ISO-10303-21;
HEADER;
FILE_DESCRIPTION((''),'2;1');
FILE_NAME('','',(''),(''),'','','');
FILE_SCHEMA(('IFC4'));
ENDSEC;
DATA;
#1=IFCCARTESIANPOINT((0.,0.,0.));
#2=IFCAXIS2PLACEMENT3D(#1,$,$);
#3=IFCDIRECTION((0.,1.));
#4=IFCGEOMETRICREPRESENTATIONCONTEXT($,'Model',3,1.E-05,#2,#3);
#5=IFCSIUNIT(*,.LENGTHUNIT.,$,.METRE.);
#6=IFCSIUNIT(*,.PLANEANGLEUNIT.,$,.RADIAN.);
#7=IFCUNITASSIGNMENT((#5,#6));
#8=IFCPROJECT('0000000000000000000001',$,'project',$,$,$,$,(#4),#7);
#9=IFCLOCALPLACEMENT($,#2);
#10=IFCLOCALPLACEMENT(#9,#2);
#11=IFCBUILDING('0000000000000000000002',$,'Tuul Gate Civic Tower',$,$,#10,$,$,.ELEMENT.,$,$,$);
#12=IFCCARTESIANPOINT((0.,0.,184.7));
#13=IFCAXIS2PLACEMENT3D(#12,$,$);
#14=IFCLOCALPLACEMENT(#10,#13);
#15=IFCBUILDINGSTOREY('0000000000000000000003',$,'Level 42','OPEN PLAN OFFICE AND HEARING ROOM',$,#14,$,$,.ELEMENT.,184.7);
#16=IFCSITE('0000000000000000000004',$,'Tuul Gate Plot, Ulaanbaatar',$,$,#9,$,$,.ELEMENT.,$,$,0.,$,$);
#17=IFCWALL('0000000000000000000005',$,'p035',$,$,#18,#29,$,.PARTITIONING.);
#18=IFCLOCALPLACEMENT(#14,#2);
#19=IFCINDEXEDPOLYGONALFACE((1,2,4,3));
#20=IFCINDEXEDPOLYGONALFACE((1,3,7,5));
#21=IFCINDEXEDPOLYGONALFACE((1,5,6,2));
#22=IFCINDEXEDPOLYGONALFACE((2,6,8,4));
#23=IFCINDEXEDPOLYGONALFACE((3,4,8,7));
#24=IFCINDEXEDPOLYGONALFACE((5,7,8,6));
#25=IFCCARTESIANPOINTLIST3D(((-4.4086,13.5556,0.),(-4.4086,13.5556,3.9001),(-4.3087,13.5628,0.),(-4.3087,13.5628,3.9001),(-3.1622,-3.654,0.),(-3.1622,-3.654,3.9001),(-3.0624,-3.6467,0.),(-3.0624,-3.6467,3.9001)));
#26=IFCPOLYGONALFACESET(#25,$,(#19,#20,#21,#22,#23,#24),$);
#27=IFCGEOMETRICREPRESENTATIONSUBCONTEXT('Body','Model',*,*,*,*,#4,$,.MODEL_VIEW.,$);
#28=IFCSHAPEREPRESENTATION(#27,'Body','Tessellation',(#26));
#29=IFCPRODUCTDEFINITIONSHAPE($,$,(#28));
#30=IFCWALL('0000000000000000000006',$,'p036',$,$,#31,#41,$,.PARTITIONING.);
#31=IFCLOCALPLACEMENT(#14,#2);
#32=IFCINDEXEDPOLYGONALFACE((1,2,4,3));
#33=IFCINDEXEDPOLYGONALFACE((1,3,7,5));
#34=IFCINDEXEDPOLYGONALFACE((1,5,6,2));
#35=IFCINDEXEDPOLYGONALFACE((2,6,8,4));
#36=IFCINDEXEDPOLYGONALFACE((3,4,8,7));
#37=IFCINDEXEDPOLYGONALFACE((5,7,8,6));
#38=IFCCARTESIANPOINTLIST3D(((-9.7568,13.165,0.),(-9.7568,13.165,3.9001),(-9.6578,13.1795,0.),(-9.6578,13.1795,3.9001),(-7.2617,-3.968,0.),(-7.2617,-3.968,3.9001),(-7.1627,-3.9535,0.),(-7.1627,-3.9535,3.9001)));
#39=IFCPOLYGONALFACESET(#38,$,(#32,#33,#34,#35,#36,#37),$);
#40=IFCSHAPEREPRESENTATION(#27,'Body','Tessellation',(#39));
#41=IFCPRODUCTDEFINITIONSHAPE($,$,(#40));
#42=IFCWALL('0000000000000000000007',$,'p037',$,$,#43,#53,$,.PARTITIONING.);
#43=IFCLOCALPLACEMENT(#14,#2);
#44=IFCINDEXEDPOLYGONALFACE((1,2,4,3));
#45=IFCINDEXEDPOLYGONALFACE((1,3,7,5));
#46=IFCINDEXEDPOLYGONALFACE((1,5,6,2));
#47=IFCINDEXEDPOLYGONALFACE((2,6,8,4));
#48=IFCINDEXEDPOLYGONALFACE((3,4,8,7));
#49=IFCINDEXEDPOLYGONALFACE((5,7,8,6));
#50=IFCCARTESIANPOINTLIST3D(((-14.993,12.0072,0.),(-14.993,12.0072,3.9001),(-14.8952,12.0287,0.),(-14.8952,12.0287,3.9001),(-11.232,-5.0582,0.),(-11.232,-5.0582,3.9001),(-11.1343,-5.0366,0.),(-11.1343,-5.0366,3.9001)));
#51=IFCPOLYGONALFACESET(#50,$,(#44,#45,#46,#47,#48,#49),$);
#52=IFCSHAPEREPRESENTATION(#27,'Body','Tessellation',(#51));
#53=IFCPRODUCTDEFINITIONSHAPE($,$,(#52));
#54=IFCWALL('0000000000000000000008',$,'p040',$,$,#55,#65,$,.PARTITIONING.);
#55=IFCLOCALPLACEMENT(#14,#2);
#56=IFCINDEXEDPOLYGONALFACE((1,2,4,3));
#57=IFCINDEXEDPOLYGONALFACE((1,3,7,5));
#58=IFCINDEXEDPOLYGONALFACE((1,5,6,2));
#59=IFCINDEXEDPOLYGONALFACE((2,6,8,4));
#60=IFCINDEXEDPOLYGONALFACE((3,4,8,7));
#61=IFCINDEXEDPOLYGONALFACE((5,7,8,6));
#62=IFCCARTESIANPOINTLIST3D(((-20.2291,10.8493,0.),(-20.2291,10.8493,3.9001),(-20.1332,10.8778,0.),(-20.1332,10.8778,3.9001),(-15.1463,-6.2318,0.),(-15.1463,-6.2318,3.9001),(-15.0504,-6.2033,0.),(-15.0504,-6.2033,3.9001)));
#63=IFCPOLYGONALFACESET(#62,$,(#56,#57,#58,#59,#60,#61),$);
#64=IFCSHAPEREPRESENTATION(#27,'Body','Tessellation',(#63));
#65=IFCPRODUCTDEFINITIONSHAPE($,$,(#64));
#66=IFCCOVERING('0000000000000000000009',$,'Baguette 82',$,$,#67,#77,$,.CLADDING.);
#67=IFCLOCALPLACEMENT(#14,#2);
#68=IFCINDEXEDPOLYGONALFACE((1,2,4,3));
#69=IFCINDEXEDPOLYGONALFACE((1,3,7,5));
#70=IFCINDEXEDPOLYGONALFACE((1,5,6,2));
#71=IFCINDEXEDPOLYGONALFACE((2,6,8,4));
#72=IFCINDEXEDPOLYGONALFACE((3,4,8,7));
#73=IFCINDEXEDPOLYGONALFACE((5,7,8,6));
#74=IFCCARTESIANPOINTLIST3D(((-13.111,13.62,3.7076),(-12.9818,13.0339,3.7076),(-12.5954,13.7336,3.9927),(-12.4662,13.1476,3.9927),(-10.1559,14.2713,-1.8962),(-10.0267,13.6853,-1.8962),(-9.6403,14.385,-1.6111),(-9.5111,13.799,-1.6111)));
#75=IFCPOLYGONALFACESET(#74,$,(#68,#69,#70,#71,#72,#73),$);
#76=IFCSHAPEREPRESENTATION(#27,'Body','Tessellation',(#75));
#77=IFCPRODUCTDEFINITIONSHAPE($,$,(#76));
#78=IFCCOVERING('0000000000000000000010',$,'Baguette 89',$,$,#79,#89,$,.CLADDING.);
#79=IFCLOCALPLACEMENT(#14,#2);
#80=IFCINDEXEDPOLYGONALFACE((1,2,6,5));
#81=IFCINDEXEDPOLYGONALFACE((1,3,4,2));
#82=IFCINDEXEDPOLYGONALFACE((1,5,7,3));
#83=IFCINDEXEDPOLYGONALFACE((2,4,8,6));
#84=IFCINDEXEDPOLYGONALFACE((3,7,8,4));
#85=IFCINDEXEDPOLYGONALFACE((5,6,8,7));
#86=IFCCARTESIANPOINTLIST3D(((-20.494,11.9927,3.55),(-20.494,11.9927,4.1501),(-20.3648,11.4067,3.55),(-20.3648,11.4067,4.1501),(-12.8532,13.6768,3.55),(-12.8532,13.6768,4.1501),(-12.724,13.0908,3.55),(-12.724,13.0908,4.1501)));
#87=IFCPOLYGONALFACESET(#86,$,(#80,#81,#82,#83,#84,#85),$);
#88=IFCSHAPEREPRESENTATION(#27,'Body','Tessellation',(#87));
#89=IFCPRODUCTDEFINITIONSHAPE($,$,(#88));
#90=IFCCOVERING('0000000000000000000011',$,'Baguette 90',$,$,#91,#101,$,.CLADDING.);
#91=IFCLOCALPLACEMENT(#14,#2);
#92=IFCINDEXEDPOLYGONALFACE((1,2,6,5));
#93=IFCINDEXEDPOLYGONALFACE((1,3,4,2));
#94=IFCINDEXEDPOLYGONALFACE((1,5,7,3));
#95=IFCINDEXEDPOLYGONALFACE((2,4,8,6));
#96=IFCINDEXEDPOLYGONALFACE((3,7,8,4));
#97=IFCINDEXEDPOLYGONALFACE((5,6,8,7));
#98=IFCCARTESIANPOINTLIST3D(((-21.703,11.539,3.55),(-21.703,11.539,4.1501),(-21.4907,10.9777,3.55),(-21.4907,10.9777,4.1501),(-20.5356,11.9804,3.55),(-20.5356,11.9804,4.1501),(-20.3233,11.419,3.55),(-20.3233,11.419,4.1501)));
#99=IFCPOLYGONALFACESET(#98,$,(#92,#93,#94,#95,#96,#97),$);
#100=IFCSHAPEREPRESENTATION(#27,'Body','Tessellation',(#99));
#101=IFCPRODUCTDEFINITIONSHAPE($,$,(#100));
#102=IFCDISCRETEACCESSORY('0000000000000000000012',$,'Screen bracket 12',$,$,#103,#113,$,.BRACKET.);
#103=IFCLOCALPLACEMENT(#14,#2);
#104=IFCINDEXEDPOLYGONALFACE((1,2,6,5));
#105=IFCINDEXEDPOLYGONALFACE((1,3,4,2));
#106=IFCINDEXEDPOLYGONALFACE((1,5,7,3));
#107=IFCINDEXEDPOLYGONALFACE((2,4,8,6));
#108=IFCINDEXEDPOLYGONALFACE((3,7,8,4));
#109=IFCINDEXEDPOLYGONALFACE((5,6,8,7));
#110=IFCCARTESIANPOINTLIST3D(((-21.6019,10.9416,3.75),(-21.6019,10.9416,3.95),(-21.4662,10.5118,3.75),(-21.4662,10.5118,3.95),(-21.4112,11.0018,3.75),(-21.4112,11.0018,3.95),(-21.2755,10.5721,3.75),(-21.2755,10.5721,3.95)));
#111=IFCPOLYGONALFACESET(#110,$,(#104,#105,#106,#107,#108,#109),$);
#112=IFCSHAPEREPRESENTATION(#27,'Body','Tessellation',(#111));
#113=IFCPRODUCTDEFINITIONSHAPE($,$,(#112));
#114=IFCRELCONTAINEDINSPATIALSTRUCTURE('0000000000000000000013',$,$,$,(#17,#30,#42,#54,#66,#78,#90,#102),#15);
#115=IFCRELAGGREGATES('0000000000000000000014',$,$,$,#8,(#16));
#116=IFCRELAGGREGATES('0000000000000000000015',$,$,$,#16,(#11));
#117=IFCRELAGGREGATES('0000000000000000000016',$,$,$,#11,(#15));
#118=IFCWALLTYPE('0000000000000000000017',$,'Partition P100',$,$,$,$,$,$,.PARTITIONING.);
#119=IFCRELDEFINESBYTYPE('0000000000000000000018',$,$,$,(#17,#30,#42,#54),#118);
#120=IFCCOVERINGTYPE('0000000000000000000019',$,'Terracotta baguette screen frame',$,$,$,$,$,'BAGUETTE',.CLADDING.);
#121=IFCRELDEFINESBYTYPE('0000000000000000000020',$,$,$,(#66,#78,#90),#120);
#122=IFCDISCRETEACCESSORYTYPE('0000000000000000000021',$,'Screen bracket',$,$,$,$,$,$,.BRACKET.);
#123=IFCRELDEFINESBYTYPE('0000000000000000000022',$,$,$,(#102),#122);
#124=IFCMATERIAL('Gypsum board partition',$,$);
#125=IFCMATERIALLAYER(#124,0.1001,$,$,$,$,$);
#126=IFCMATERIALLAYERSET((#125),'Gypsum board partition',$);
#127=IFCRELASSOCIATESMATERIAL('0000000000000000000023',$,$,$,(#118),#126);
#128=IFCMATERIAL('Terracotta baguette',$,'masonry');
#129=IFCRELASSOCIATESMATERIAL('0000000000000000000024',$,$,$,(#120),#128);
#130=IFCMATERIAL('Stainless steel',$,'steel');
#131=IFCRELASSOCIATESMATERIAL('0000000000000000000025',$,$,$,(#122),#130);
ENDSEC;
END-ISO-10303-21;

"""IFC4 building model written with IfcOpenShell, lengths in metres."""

from ifc_helpers import new_model, si_unit, direction, frame, frame_2d, origin, origin_2d, place, context, subcontext, project, spatial, rectangle, extrude, material, layer, layer_set, material_profile, profile_set, type_object, element, save


model = new_model("IFC4")

# Units and contexts
model_context = context("Model", 3, precision=1e-05, world=origin(), true_north=direction((0.0, 1.0)))
body_context = subcontext(model_context, "Body", "Model", "MODEL_VIEW")
ifc_project = project(units=[si_unit("LENGTHUNIT", "METRE"), si_unit("PLANEANGLEUNIT", "RADIAN")], contexts=[model_context])

# Site, building, storey
site_placement = place(None, origin())
site = spatial("IfcSite", under=ifc_project, at=site_placement, Name="Tuul Gate Plot, Ulaanbaatar", CompositionType="ELEMENT", RefElevation=0.0)
building_placement = place(site_placement, origin())
building = spatial("IfcBuilding", under=site, at=building_placement, Name="Tuul Gate Civic Tower", CompositionType="ELEMENT")
storey_placement = place(building_placement, frame((0.0, 0.0, 184.7)))
storey = spatial("IfcBuildingStorey", under=building, at=storey_placement, Name="Level 42", Description="OPEN PLAN OFFICE AND HEARING ROOM", CompositionType="ELEMENT", Elevation=184.7)

# Walls
ifc_material_1 = material(Name="Gypsum board partition")
ifc_layer_1 = layer(ifc_material_1, 0.1001)
ifc_layer_set_1 = layer_set([ifc_layer_1], Name="Gypsum board partition")
wall_type_1 = type_object("IfcWallType", Name="Partition P100", PredefinedType="PARTITIONING", material=ifc_layer_set_1)
wall_1_placement = place(storey_placement, frame((-4.3586, 13.5593, 0.0), z_axis=(0.0, 0.0, 1.0), x_axis=(0.072232, -0.997388, 0.0)))
element("IfcWall", 1, at=wall_1_placement, inside=storey, type_object=wall_type_1, Name="p035", PredefinedType="PARTITIONING", context=body_context, shape_type="SweptSolid", body=[
    extrude(rectangle(XDim=17.2546, YDim=0.1001, at=frame_2d((8.6274, 0.0))), origin(), (0.0, 0.0, 1.0), 3.9001),
])
wall_2_placement = place(storey_placement, frame((-9.7073, 13.1721, 0.0), z_axis=(0.0, 0.0, 1.0), x_axis=(0.144112, -0.989561, 0.0)))
element("IfcWall", 2, at=wall_2_placement, inside=storey, type_object=wall_type_1, Name="p036", PredefinedType="PARTITIONING", context=body_context, shape_type="SweptSolid", body=[
    extrude(rectangle(XDim=17.3137, YDim=0.1001, at=frame_2d((8.6567, 0.0))), origin(), (0.0, 0.0, 1.0), 3.9001),
])
wall_3_placement = place(storey_placement, frame((-14.9441, 12.0178, 0.0), z_axis=(0.0, 0.0, 1.0), x_axis=(0.215222, -0.976565, 0.0)))
element("IfcWall", 3, at=wall_3_placement, inside=storey, type_object=wall_type_1, Name="p037", PredefinedType="PARTITIONING", context=body_context, shape_type="SweptSolid", body=[
    extrude(rectangle(XDim=17.4749, YDim=0.1001, at=frame_2d((8.7373, 0.0))), origin(), (0.0, 0.0, 1.0), 3.9001),
])
wall_4_placement = place(storey_placement, frame((-20.1812, 10.8635, 0.0), z_axis=(0.0, 0.0, 1.0), x_axis=(0.285208, -0.958466, 0.0)))
element("IfcWall", 4, at=wall_4_placement, inside=storey, type_object=wall_type_1, Name="p040", PredefinedType="PARTITIONING", context=body_context, shape_type="SweptSolid", body=[
    extrude(rectangle(XDim=17.8213, YDim=0.1001, at=frame_2d((8.9106, 0.0))), origin(), (0.0, 0.0, 1.0), 3.9001),
])

# Coverings
ifc_material_2 = material(Name="Terracotta baguette", Category="masonry")
ifc_material_profile_1 = material_profile(ifc_material_2, rectangle(XDim=0.6001, YDim=0.6001, at=origin_2d()), Name="Terracotta baguette screen frame")
ifc_profile_set_1 = profile_set([ifc_material_profile_1], Name="Terracotta baguette")
covering_type = type_object("IfcCoveringType", Name="Terracotta baguette screen frame", ElementType="BAGUETTE", PredefinedType="CLADDING", material=ifc_profile_set_1)
covering_1_placement = place(storey_placement, frame((-9.8335, 14.0352, -1.7537), z_axis=(-0.464009, -0.102278, 0.879906), x_axis=(0.215256, -0.976558, 0.0)))
element("IfcCovering", 5, at=covering_1_placement, inside=storey, type_object=covering_type, Name="Baguette 82", PredefinedType="CLADDING", context=body_context, shape_type="SweptSolid", body=[
    extrude(rectangle(XDim=0.6001, YDim=0.6001, at=origin_2d()), origin(), (0.0, 0.0, 1.0), 6.3687),
])
covering_2_placement = place(storey_placement, frame((-12.7886, 13.3838, 3.8501), z_axis=(-0.976561, -0.215239, 0.0), x_axis=(0.215239, -0.976561, 0.0)))
element("IfcCovering", 6, at=covering_2_placement, inside=storey, type_object=covering_type, Name="Baguette 89", PredefinedType="CLADDING", context=body_context, shape_type="SweptSolid", body=[
    extrude(rectangle(XDim=0.6001, YDim=0.6001, at=origin_2d()), origin(), (0.0, 0.0, 1.0), 7.8242),
])
covering_3_placement = place(storey_placement, frame((-20.4294, 11.6997, 3.8501), z_axis=(-0.935377, -0.353652, 0.0), x_axis=(0.353652, -0.935377, 0.0)))
element("IfcCovering", 7, at=covering_3_placement, inside=storey, type_object=covering_type, Name="Baguette 90", PredefinedType="CLADDING", context=body_context, shape_type="SweptSolid", body=[
    extrude(rectangle(XDim=0.6001, YDim=0.6001, at=origin_2d()), origin(), (0.0, 0.0, 1.0), 1.248),
])

# Discrete accessory
ifc_material_3 = material(Name="Stainless steel", Category="steel")
discrete_accessory_type = type_object("IfcDiscreteAccessoryType", Name="Screen bracket", PredefinedType="BRACKET", material=ifc_material_3)
discrete_accessory_placement = place(storey_placement, frame((-21.4387, 10.7568, 3.75), z_axis=(0.0, 0.0, 1.0), x_axis=(-0.301094, 0.953595, 0.0)))
element("IfcDiscreteAccessory", 8, at=discrete_accessory_placement, inside=storey, type_object=discrete_accessory_type, Name="Screen bracket 12", PredefinedType="BRACKET", context=body_context, shape_type="SweptSolid", body=[
    extrude(rectangle(XDim=0.4507, YDim=0.2, at=origin_2d()), origin(), (0.0, 0.0, 1.0), 0.2),
])

save(model, "model.ifc")
